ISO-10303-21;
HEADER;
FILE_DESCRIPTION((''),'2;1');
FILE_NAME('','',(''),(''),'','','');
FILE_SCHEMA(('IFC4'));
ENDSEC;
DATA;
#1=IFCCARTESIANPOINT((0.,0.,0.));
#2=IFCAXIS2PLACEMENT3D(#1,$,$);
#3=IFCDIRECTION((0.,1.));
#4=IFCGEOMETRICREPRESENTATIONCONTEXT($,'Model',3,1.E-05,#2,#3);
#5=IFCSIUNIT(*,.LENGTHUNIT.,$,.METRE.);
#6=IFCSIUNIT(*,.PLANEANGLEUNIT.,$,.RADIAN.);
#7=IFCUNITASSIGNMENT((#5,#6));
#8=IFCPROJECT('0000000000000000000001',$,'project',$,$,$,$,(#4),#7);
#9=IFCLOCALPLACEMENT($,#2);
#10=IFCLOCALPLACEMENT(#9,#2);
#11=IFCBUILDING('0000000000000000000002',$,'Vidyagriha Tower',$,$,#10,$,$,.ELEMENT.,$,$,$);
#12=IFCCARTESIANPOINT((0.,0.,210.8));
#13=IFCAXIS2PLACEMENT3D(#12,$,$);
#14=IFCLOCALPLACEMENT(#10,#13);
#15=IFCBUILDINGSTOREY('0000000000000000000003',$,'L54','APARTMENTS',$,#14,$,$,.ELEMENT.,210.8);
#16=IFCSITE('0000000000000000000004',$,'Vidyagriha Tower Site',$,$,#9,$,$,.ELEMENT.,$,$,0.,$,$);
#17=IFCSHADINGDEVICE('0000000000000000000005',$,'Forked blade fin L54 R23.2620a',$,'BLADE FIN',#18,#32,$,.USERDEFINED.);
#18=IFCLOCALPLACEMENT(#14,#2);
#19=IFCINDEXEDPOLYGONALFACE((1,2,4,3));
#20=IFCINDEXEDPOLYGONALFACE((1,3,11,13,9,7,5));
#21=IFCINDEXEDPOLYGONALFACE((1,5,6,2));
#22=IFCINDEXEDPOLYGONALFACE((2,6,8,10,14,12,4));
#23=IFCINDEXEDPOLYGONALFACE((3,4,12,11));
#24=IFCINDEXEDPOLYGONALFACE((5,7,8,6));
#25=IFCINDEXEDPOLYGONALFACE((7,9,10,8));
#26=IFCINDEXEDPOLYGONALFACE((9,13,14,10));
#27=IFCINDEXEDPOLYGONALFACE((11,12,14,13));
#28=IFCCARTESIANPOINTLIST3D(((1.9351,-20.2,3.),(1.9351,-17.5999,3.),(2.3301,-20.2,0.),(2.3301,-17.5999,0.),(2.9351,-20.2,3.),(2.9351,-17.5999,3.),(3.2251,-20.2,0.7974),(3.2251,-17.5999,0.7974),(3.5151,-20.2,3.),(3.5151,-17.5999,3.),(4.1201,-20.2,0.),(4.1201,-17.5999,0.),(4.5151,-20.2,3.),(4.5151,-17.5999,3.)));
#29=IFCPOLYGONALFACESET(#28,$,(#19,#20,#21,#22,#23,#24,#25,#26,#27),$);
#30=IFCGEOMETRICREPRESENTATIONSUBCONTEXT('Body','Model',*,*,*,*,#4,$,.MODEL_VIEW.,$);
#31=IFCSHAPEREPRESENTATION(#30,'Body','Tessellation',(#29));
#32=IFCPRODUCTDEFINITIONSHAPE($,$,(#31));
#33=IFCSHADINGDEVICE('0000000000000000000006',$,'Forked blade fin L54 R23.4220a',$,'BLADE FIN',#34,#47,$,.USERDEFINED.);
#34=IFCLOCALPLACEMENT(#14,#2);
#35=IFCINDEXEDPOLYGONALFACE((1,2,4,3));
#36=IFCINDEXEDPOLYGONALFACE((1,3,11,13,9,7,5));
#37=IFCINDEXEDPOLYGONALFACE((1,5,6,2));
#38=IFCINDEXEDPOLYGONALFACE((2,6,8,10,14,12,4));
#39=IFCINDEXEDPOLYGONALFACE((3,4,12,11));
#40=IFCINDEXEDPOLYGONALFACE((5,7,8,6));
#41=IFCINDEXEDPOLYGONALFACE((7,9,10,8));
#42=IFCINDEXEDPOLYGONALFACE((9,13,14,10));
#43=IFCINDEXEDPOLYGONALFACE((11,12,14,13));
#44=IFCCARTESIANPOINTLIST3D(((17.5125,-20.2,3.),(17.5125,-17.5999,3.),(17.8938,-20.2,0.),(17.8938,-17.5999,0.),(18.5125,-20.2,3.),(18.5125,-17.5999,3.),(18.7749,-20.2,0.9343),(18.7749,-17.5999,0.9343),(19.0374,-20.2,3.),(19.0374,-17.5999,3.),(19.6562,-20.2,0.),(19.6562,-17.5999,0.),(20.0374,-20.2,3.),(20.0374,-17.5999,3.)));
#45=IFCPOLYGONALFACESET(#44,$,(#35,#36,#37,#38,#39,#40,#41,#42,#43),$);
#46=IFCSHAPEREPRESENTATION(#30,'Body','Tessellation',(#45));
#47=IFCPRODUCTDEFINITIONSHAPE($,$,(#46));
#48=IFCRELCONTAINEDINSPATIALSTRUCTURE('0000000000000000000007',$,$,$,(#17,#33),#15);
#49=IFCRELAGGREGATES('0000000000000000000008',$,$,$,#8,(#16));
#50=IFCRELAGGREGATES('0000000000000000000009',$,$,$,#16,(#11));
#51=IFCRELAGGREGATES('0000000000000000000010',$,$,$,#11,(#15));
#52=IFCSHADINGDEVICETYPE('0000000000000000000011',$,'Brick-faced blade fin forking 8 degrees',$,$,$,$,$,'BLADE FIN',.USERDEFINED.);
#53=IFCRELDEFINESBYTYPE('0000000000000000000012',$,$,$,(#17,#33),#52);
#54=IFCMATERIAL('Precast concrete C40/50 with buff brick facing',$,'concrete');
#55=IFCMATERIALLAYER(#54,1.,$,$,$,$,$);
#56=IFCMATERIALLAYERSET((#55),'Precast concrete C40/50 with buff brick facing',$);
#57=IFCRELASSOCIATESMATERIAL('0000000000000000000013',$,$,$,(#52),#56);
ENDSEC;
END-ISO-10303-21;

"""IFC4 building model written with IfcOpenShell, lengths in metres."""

from ifc_helpers import new_model, si_unit, direction, frame, origin, place, context, subcontext, project, spatial, polyline, outline, extrude, material, layer, layer_set, type_object, element, save


model = new_model("IFC4")

# Units and contexts
model_context = context("Model", 3, precision=1e-05, world=origin(), true_north=direction((0.0, 1.0)))
body_context = subcontext(model_context, "Body", "Model", "MODEL_VIEW")
ifc_project = project(units=[si_unit("LENGTHUNIT", "METRE"), si_unit("PLANEANGLEUNIT", "RADIAN")], contexts=[model_context])

# Site, building, storey
site_placement = place(None, origin())
site = spatial("IfcSite", under=ifc_project, at=site_placement, Name="Vidyagriha Tower Site", CompositionType="ELEMENT", RefElevation=0.0)
building_placement = place(site_placement, origin())
building = spatial("IfcBuilding", under=site, at=building_placement, Name="Vidyagriha Tower", CompositionType="ELEMENT")
storey_placement = place(building_placement, frame((0.0, 0.0, 210.8)))
storey = spatial("IfcBuildingStorey", under=building, at=storey_placement, Name="L54", Description="APARTMENTS", CompositionType="ELEMENT", Elevation=210.8)

# Shading devices
ifc_material_1 = material(Name="Precast concrete C40/50 with buff brick facing", Category="concrete")
ifc_layer_1 = layer(ifc_material_1, 1.0)
ifc_layer_set_1 = layer_set([ifc_layer_1], Name="Precast concrete C40/50 with buff brick facing")
shading_device_type_1 = type_object("IfcShadingDeviceType", Name="Brick-faced blade fin forking 8 degrees", ElementType="BLADE FIN", PredefinedType="USERDEFINED", material=ifc_layer_set_1)
shading_device_1_placement = place(storey_placement, frame((1.9351, -18.8999, 0.0)))
element("IfcShadingDevice", 1, at=shading_device_1_placement, inside=storey, type_object=shading_device_type_1, Name="Forked blade fin L54 R23.2620a", ObjectType="BLADE FIN", PredefinedType="USERDEFINED", context=body_context, shape_type="SweptSolid", body=[
    extrude(outline(polyline([(0.395, 0.0), (2.1851, 0.0), (2.5801, 3.0), (1.5801, 3.0), (1.29, 0.7974), (1.0, 3.0), (0.0, 3.0), (0.395, 0.0)])), frame((0.0, 1.3, 0.0), z_axis=(0.0, -1.0, 0.0), x_axis=(1.0, 0.0, 0.0)), (0.0, 0.0, 1.0), 2.6001),
])
shading_device_2_placement = place(storey_placement, frame((17.5125, -18.8999, 0.0)))
element("IfcShadingDevice", 2, at=shading_device_2_placement, inside=storey, type_object=shading_device_type_1, Name="Forked blade fin L54 R23.4220a", ObjectType="BLADE FIN", PredefinedType="USERDEFINED", context=body_context, shape_type="SweptSolid", body=[
    extrude(outline(polyline([(0.3813, 0.0), (2.1438, 0.0), (2.5249, 3.0), (1.5249, 3.0), (1.2625, 0.9343), (1.0, 3.0), (0.0, 3.0), (0.3813, 0.0)])), frame((0.0, 1.3, 0.0), z_axis=(0.0, -1.0, 0.0), x_axis=(1.0, 0.0, 0.0)), (0.0, 0.0, 1.0), 2.6001),
])

save(model, "model.ifc")
